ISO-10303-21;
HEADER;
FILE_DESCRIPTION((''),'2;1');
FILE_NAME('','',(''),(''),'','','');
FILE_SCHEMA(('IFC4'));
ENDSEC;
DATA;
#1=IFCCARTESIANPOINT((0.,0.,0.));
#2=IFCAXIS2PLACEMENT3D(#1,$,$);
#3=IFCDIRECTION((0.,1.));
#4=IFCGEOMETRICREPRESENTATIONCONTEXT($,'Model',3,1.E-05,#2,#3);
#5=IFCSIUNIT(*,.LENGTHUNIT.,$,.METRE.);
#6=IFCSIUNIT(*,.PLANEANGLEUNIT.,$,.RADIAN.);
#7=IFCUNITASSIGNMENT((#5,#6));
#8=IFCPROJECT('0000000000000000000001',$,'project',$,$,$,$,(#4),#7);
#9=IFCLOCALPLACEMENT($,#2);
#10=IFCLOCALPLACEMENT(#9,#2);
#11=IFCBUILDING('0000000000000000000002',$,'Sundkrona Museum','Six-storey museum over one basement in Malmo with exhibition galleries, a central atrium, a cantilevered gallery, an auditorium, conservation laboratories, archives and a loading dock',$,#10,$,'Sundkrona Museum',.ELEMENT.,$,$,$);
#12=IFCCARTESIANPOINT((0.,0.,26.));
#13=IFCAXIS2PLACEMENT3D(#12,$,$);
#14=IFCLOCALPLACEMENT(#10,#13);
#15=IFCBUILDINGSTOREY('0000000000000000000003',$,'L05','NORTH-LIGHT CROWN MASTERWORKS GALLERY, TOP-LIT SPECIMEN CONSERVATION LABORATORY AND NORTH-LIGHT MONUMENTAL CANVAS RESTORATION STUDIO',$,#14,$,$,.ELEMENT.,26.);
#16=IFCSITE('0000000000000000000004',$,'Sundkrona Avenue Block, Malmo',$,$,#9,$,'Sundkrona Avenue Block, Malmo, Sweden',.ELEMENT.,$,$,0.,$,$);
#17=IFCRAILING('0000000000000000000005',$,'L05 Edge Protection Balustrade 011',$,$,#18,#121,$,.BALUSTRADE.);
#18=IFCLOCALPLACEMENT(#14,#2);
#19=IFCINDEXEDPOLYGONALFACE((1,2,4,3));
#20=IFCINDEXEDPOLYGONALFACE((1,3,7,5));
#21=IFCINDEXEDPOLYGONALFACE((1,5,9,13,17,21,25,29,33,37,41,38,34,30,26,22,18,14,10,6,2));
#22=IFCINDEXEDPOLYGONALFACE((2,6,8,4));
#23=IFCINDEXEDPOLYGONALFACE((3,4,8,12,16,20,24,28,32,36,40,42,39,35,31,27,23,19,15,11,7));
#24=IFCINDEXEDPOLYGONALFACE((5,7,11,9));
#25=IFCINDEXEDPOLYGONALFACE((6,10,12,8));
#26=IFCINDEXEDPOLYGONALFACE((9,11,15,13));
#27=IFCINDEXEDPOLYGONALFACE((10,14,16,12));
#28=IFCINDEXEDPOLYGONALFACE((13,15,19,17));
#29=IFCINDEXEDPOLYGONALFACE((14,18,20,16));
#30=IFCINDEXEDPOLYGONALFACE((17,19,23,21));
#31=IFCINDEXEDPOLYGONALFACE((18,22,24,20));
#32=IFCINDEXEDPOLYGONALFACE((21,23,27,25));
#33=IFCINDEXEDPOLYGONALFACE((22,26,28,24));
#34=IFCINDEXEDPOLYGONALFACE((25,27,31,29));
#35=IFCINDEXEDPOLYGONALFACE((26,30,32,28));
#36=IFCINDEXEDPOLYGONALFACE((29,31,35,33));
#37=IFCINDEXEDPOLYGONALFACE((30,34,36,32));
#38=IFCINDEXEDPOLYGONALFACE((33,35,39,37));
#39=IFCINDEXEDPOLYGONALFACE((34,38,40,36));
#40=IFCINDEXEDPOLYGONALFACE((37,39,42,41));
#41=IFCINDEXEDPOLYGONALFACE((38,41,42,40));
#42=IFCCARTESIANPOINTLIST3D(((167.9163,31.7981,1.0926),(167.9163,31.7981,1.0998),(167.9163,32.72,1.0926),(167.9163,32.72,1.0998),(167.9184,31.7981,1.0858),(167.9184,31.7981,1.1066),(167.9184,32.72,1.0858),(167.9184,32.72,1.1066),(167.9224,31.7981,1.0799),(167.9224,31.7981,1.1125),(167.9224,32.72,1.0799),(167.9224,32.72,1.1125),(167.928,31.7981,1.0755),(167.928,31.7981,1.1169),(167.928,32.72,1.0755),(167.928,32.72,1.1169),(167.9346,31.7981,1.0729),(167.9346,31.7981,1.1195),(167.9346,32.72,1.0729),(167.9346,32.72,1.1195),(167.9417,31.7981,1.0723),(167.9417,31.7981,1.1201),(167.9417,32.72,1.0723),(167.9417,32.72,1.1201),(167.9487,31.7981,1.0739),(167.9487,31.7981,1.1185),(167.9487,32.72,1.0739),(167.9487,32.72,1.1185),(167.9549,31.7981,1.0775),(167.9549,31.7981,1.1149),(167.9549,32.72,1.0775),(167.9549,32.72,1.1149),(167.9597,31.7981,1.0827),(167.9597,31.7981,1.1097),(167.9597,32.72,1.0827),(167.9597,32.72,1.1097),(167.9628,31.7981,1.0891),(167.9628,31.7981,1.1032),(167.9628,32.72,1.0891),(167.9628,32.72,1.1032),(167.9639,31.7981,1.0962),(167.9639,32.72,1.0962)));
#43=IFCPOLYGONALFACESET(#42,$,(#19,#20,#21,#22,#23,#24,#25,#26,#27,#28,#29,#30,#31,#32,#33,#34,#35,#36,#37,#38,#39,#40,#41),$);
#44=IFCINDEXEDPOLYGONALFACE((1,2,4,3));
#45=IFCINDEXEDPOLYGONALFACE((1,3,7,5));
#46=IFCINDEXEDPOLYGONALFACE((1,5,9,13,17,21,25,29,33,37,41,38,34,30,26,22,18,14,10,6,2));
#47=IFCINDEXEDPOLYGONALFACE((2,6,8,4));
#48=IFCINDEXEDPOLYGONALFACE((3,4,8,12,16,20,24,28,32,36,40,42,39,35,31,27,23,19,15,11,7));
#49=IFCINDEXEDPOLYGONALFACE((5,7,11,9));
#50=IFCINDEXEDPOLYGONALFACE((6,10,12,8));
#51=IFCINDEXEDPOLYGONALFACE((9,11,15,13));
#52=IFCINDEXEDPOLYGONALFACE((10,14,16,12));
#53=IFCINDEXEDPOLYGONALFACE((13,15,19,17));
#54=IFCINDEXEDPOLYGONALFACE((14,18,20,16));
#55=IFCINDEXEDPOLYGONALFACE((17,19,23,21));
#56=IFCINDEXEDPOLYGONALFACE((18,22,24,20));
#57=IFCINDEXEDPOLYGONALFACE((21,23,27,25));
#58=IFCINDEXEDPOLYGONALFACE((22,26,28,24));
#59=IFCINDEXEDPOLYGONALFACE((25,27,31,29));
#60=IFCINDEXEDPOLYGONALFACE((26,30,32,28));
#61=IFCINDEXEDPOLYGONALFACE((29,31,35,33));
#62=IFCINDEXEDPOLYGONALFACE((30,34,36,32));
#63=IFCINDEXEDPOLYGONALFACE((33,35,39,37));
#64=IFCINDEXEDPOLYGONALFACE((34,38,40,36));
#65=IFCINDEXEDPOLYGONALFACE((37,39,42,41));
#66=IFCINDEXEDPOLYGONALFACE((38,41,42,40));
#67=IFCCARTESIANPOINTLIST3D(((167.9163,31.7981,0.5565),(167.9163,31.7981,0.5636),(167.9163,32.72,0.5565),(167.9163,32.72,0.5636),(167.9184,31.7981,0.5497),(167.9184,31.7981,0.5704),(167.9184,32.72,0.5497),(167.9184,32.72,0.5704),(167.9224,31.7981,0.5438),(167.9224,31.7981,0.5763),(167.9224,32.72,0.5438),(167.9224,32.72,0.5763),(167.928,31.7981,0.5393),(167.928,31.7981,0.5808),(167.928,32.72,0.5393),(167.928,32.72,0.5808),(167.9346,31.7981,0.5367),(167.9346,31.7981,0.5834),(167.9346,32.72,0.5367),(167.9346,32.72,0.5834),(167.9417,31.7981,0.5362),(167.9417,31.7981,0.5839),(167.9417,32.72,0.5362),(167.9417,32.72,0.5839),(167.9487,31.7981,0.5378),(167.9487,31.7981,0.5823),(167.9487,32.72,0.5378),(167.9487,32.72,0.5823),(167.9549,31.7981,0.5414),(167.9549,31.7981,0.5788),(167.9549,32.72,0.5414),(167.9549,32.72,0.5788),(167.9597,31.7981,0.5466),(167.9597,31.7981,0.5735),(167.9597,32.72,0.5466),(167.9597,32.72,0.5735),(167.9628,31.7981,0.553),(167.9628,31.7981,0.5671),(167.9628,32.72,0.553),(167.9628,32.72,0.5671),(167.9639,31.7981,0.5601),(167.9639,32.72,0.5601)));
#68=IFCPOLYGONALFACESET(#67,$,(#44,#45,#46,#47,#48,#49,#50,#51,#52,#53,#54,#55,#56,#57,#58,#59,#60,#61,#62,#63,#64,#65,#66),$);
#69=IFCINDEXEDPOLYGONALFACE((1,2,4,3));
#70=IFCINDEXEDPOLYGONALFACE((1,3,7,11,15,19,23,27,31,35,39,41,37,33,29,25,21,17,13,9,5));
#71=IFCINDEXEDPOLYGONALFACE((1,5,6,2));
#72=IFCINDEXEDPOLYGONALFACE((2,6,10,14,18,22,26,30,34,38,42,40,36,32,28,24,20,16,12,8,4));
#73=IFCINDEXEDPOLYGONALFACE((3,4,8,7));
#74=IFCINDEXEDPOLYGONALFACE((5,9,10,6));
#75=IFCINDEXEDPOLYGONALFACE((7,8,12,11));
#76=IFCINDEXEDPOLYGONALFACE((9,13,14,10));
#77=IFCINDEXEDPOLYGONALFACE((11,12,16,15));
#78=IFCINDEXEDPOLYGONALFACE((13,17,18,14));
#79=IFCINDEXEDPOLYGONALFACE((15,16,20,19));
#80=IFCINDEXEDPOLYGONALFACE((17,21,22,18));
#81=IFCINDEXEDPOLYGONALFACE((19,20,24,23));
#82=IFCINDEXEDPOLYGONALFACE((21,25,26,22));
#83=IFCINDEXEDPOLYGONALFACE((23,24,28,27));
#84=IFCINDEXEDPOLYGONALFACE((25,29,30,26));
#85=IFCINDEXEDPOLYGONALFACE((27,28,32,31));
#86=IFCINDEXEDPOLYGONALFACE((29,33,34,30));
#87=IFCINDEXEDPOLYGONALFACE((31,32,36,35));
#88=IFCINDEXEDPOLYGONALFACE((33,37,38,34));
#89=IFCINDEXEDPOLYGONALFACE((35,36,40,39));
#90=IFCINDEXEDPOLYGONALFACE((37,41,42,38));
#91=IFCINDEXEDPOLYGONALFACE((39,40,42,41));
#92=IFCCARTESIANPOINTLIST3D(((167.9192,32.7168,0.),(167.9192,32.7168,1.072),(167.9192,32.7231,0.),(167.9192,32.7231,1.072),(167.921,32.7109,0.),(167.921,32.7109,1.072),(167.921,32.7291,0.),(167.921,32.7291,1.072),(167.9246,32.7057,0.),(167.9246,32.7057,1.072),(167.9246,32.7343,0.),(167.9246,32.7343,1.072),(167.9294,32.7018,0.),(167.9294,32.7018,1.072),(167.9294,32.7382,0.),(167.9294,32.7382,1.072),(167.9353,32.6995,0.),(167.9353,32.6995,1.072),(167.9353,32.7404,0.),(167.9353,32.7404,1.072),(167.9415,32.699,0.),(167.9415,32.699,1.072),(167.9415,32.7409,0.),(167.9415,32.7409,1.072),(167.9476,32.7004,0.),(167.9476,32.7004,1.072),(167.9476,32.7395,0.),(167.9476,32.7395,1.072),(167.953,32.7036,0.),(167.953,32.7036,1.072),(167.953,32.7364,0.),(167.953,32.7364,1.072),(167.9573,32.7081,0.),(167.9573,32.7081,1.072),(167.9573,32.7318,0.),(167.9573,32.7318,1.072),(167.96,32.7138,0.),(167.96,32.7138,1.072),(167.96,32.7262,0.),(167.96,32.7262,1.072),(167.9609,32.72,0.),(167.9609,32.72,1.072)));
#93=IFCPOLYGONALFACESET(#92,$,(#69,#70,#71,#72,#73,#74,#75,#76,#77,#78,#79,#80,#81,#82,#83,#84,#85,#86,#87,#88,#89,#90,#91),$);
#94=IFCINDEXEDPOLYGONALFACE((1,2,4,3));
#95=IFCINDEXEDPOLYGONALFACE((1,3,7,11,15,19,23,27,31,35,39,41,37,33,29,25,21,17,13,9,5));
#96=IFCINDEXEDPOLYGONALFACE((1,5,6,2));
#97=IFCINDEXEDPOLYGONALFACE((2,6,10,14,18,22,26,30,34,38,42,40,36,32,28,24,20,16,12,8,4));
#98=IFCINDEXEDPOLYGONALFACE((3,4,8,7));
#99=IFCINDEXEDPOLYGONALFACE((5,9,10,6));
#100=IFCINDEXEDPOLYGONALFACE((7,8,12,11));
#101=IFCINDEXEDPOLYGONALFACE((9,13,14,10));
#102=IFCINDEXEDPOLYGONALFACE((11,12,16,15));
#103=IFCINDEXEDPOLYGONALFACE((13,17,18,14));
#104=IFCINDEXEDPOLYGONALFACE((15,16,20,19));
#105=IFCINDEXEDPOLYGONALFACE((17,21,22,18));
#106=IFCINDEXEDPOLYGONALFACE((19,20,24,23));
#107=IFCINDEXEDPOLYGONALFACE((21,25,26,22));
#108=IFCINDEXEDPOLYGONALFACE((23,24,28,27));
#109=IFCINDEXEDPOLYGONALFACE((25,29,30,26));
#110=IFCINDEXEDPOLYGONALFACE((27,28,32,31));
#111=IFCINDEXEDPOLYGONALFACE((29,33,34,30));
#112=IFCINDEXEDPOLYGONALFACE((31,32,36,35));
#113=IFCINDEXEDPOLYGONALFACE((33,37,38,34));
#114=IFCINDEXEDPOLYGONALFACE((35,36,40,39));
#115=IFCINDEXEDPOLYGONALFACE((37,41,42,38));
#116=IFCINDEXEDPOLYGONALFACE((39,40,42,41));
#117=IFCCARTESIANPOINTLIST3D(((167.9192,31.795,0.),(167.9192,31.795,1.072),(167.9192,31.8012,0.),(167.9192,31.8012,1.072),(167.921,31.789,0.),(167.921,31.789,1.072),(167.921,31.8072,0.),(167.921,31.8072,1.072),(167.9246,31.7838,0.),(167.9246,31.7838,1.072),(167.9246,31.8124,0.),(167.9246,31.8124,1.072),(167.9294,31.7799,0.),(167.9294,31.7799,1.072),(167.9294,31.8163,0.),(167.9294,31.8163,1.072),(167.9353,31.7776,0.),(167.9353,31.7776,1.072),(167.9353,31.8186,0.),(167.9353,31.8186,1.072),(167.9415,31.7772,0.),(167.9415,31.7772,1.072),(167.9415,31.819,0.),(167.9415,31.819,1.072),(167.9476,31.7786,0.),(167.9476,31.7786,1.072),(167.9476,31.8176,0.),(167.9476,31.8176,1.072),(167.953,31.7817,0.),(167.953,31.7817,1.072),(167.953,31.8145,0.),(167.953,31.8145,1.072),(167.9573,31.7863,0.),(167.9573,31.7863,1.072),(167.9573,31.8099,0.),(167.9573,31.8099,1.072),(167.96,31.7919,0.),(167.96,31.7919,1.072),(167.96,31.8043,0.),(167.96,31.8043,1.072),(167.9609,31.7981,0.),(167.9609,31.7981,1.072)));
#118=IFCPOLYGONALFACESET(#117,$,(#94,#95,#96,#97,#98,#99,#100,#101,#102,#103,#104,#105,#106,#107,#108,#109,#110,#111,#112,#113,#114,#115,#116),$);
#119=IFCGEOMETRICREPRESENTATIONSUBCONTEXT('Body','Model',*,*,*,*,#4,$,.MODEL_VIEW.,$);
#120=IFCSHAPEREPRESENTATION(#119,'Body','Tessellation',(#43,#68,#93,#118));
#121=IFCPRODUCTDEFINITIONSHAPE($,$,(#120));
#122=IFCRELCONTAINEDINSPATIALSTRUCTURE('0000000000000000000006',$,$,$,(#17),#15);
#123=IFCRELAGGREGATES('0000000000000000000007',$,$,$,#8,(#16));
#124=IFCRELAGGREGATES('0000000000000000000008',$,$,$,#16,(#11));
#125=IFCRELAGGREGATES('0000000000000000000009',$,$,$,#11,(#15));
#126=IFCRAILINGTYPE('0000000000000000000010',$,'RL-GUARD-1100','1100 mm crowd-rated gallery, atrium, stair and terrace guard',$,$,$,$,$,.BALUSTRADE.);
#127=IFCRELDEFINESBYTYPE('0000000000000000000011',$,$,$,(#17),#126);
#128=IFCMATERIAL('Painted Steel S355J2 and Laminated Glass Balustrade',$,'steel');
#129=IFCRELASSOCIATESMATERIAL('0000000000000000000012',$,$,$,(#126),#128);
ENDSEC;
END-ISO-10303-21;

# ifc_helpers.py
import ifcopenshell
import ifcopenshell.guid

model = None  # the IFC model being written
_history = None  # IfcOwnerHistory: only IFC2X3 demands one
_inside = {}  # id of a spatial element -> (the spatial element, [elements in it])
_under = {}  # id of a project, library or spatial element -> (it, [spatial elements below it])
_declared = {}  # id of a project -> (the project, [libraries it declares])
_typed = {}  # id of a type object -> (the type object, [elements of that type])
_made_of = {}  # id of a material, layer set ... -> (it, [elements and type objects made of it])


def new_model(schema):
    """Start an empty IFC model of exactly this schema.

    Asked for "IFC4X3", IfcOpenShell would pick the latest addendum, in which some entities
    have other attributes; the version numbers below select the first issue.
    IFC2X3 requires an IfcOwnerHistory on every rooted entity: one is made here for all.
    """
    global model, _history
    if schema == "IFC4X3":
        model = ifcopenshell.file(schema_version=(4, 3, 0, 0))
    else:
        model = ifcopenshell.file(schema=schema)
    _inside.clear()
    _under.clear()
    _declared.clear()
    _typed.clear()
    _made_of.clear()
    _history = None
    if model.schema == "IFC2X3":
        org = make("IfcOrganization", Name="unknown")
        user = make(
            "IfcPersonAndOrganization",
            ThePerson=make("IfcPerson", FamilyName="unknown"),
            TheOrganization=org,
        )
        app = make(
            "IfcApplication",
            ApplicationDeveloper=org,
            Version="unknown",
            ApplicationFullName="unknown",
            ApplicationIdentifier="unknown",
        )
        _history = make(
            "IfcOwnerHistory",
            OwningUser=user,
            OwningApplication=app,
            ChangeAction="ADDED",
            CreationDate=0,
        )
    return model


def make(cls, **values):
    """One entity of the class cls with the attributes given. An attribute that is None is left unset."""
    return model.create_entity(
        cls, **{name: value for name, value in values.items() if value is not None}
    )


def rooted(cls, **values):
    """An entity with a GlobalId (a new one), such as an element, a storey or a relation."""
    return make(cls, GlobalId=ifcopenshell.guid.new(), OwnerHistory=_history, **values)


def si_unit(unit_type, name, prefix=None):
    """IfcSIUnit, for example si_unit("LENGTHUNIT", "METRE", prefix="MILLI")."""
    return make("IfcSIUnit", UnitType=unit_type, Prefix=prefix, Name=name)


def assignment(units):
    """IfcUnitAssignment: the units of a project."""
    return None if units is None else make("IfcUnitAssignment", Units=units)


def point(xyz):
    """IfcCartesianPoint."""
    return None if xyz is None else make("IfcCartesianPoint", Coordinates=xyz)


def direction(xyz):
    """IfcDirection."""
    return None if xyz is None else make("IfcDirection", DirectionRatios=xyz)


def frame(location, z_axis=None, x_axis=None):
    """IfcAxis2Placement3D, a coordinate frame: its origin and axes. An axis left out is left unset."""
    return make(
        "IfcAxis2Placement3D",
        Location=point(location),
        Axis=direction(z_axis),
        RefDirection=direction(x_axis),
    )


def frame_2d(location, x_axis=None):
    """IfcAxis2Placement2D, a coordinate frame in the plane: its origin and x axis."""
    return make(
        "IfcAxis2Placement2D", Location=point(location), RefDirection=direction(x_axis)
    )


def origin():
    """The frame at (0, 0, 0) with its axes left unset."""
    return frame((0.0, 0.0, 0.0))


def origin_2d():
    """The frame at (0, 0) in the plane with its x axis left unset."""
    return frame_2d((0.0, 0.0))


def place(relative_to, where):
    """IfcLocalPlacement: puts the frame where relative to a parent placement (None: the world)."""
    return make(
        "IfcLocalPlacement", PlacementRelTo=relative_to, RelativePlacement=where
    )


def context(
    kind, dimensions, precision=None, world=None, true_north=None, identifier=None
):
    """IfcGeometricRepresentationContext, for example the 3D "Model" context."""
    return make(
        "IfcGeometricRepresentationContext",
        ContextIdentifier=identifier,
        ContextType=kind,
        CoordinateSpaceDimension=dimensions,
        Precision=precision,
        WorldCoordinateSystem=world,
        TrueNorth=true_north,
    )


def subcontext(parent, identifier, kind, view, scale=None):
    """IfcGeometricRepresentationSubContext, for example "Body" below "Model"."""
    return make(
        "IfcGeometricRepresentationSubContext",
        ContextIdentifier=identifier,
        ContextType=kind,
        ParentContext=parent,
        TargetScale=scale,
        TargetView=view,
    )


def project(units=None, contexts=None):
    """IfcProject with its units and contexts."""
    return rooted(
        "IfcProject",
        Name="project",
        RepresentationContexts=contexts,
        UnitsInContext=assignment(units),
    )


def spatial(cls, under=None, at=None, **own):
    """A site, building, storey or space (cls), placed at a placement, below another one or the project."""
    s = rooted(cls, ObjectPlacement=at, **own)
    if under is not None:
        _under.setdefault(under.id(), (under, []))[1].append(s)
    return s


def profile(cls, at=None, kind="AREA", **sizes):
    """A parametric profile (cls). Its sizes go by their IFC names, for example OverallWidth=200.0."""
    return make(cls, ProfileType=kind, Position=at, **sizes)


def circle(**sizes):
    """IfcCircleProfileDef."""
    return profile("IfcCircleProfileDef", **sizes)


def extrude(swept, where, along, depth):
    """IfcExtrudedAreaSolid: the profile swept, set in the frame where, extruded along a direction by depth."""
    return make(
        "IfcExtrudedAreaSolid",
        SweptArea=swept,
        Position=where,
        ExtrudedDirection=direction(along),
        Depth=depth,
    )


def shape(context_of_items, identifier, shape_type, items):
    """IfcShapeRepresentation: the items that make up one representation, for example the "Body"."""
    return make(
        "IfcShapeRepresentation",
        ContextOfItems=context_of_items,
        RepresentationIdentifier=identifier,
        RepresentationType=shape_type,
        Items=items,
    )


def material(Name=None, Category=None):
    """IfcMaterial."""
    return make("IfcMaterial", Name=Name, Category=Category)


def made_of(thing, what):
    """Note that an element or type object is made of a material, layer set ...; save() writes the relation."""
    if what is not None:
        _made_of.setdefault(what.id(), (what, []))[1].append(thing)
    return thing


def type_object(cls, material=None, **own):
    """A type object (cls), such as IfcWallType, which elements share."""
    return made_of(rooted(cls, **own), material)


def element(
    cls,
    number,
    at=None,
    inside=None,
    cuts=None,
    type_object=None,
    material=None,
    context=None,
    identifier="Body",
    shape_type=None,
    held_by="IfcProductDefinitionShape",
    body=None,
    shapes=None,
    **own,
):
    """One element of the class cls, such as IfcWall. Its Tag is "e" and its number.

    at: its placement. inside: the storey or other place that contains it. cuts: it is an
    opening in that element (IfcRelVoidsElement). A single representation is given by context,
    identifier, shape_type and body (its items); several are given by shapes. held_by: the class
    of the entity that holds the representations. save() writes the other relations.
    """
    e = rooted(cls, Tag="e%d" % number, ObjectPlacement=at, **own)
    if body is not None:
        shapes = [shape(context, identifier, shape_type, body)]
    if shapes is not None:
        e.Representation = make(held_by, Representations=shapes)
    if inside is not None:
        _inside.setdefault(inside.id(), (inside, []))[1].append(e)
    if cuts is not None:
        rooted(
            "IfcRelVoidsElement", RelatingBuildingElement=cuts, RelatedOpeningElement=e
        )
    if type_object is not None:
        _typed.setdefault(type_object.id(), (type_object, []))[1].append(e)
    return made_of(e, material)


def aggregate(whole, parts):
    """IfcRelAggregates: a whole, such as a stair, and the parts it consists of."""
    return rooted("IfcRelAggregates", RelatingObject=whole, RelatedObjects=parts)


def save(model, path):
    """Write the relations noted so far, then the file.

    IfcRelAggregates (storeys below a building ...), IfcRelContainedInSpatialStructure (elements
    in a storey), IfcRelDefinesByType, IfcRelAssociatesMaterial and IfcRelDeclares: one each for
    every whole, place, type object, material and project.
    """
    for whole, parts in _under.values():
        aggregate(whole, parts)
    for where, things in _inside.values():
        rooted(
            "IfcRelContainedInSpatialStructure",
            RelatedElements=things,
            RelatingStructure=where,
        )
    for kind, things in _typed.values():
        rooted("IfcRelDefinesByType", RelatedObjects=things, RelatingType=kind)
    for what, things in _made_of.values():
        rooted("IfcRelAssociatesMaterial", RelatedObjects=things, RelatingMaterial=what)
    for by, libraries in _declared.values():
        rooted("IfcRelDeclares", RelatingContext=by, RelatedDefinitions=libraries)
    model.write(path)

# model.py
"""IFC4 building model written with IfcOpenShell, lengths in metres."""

from ifc_helpers import new_model, si_unit, direction, frame, origin, origin_2d, place, context, subcontext, project, spatial, circle, extrude, material, type_object, element, save


model = new_model("IFC4")

# Units and contexts
model_context = context("Model", 3, precision=1e-05, world=origin(), true_north=direction((0.0, 1.0)))
body_context = subcontext(model_context, "Body", "Model", "MODEL_VIEW")
ifc_project = project(units=[si_unit("LENGTHUNIT", "METRE"), si_unit("PLANEANGLEUNIT", "RADIAN")], contexts=[model_context])

# Site, building, storey
site_placement = place(None, origin())
site = spatial("IfcSite", under=ifc_project, at=site_placement, Name="Sundkrona Avenue Block, Malmo", LongName="Sundkrona Avenue Block, Malmo, Sweden", CompositionType="ELEMENT", RefElevation=0.0)
building_placement = place(site_placement, origin())
building = spatial("IfcBuilding", under=site, at=building_placement, Name="Sundkrona Museum", Description="Six-storey museum over one basement in Malmo with exhibition galleries, a central atrium, a cantilevered gallery, an auditorium, conservation laboratories, archives and a loading dock", LongName="Sundkrona Museum", CompositionType="ELEMENT")
storey_placement = place(building_placement, frame((0.0, 0.0, 26.0)))
storey = spatial("IfcBuildingStorey", under=building, at=storey_placement, Name="L05", Description="NORTH-LIGHT CROWN MASTERWORKS GALLERY, TOP-LIT SPECIMEN CONSERVATION LABORATORY AND NORTH-LIGHT MONUMENTAL CANVAS RESTORATION STUDIO", CompositionType="ELEMENT", Elevation=26.0)

# Railing
ifc_material_1 = material(Name="Painted Steel S355J2 and Laminated Glass Balustrade", Category="steel")
railing_type = type_object("IfcRailingType", Name="RL-GUARD-1100", Description="1100 mm crowd-rated gallery, atrium, stair and terrace guard", PredefinedType="BALUSTRADE", material=ifc_material_1)
railing_placement = place(storey_placement, frame((167.9399, 32.72, 0.0)))
element("IfcRailing", 1, at=railing_placement, inside=storey, type_object=railing_type, Name="L05 Edge Protection Balustrade 011", PredefinedType="BALUSTRADE", context=body_context, shape_type="SweptSolid", body=[
    extrude(circle(Radius=0.0239, at=origin_2d()), frame((0.0, 0.0, 1.0962), z_axis=(0.0, -1.0, 0.0), x_axis=(1.0, 0.0, 0.0)), (0.0, 0.0, 1.0), 0.9219),
    extrude(circle(Radius=0.0239, at=origin_2d()), frame((0.0, 0.0, 0.5601), z_axis=(0.0, -1.0, 0.0), x_axis=(1.0, 0.0, 0.0)), (0.0, 0.0, 1.0), 0.9219),
    extrude(circle(Radius=0.021, at=origin_2d()), origin(), (0.0, 0.0, 1.0), 1.072),
    extrude(circle(Radius=0.021, at=origin_2d()), frame((0.0, -0.9219, 0.0)), (0.0, 0.0, 1.0), 1.072),
])

save(model, "model.ifc")
